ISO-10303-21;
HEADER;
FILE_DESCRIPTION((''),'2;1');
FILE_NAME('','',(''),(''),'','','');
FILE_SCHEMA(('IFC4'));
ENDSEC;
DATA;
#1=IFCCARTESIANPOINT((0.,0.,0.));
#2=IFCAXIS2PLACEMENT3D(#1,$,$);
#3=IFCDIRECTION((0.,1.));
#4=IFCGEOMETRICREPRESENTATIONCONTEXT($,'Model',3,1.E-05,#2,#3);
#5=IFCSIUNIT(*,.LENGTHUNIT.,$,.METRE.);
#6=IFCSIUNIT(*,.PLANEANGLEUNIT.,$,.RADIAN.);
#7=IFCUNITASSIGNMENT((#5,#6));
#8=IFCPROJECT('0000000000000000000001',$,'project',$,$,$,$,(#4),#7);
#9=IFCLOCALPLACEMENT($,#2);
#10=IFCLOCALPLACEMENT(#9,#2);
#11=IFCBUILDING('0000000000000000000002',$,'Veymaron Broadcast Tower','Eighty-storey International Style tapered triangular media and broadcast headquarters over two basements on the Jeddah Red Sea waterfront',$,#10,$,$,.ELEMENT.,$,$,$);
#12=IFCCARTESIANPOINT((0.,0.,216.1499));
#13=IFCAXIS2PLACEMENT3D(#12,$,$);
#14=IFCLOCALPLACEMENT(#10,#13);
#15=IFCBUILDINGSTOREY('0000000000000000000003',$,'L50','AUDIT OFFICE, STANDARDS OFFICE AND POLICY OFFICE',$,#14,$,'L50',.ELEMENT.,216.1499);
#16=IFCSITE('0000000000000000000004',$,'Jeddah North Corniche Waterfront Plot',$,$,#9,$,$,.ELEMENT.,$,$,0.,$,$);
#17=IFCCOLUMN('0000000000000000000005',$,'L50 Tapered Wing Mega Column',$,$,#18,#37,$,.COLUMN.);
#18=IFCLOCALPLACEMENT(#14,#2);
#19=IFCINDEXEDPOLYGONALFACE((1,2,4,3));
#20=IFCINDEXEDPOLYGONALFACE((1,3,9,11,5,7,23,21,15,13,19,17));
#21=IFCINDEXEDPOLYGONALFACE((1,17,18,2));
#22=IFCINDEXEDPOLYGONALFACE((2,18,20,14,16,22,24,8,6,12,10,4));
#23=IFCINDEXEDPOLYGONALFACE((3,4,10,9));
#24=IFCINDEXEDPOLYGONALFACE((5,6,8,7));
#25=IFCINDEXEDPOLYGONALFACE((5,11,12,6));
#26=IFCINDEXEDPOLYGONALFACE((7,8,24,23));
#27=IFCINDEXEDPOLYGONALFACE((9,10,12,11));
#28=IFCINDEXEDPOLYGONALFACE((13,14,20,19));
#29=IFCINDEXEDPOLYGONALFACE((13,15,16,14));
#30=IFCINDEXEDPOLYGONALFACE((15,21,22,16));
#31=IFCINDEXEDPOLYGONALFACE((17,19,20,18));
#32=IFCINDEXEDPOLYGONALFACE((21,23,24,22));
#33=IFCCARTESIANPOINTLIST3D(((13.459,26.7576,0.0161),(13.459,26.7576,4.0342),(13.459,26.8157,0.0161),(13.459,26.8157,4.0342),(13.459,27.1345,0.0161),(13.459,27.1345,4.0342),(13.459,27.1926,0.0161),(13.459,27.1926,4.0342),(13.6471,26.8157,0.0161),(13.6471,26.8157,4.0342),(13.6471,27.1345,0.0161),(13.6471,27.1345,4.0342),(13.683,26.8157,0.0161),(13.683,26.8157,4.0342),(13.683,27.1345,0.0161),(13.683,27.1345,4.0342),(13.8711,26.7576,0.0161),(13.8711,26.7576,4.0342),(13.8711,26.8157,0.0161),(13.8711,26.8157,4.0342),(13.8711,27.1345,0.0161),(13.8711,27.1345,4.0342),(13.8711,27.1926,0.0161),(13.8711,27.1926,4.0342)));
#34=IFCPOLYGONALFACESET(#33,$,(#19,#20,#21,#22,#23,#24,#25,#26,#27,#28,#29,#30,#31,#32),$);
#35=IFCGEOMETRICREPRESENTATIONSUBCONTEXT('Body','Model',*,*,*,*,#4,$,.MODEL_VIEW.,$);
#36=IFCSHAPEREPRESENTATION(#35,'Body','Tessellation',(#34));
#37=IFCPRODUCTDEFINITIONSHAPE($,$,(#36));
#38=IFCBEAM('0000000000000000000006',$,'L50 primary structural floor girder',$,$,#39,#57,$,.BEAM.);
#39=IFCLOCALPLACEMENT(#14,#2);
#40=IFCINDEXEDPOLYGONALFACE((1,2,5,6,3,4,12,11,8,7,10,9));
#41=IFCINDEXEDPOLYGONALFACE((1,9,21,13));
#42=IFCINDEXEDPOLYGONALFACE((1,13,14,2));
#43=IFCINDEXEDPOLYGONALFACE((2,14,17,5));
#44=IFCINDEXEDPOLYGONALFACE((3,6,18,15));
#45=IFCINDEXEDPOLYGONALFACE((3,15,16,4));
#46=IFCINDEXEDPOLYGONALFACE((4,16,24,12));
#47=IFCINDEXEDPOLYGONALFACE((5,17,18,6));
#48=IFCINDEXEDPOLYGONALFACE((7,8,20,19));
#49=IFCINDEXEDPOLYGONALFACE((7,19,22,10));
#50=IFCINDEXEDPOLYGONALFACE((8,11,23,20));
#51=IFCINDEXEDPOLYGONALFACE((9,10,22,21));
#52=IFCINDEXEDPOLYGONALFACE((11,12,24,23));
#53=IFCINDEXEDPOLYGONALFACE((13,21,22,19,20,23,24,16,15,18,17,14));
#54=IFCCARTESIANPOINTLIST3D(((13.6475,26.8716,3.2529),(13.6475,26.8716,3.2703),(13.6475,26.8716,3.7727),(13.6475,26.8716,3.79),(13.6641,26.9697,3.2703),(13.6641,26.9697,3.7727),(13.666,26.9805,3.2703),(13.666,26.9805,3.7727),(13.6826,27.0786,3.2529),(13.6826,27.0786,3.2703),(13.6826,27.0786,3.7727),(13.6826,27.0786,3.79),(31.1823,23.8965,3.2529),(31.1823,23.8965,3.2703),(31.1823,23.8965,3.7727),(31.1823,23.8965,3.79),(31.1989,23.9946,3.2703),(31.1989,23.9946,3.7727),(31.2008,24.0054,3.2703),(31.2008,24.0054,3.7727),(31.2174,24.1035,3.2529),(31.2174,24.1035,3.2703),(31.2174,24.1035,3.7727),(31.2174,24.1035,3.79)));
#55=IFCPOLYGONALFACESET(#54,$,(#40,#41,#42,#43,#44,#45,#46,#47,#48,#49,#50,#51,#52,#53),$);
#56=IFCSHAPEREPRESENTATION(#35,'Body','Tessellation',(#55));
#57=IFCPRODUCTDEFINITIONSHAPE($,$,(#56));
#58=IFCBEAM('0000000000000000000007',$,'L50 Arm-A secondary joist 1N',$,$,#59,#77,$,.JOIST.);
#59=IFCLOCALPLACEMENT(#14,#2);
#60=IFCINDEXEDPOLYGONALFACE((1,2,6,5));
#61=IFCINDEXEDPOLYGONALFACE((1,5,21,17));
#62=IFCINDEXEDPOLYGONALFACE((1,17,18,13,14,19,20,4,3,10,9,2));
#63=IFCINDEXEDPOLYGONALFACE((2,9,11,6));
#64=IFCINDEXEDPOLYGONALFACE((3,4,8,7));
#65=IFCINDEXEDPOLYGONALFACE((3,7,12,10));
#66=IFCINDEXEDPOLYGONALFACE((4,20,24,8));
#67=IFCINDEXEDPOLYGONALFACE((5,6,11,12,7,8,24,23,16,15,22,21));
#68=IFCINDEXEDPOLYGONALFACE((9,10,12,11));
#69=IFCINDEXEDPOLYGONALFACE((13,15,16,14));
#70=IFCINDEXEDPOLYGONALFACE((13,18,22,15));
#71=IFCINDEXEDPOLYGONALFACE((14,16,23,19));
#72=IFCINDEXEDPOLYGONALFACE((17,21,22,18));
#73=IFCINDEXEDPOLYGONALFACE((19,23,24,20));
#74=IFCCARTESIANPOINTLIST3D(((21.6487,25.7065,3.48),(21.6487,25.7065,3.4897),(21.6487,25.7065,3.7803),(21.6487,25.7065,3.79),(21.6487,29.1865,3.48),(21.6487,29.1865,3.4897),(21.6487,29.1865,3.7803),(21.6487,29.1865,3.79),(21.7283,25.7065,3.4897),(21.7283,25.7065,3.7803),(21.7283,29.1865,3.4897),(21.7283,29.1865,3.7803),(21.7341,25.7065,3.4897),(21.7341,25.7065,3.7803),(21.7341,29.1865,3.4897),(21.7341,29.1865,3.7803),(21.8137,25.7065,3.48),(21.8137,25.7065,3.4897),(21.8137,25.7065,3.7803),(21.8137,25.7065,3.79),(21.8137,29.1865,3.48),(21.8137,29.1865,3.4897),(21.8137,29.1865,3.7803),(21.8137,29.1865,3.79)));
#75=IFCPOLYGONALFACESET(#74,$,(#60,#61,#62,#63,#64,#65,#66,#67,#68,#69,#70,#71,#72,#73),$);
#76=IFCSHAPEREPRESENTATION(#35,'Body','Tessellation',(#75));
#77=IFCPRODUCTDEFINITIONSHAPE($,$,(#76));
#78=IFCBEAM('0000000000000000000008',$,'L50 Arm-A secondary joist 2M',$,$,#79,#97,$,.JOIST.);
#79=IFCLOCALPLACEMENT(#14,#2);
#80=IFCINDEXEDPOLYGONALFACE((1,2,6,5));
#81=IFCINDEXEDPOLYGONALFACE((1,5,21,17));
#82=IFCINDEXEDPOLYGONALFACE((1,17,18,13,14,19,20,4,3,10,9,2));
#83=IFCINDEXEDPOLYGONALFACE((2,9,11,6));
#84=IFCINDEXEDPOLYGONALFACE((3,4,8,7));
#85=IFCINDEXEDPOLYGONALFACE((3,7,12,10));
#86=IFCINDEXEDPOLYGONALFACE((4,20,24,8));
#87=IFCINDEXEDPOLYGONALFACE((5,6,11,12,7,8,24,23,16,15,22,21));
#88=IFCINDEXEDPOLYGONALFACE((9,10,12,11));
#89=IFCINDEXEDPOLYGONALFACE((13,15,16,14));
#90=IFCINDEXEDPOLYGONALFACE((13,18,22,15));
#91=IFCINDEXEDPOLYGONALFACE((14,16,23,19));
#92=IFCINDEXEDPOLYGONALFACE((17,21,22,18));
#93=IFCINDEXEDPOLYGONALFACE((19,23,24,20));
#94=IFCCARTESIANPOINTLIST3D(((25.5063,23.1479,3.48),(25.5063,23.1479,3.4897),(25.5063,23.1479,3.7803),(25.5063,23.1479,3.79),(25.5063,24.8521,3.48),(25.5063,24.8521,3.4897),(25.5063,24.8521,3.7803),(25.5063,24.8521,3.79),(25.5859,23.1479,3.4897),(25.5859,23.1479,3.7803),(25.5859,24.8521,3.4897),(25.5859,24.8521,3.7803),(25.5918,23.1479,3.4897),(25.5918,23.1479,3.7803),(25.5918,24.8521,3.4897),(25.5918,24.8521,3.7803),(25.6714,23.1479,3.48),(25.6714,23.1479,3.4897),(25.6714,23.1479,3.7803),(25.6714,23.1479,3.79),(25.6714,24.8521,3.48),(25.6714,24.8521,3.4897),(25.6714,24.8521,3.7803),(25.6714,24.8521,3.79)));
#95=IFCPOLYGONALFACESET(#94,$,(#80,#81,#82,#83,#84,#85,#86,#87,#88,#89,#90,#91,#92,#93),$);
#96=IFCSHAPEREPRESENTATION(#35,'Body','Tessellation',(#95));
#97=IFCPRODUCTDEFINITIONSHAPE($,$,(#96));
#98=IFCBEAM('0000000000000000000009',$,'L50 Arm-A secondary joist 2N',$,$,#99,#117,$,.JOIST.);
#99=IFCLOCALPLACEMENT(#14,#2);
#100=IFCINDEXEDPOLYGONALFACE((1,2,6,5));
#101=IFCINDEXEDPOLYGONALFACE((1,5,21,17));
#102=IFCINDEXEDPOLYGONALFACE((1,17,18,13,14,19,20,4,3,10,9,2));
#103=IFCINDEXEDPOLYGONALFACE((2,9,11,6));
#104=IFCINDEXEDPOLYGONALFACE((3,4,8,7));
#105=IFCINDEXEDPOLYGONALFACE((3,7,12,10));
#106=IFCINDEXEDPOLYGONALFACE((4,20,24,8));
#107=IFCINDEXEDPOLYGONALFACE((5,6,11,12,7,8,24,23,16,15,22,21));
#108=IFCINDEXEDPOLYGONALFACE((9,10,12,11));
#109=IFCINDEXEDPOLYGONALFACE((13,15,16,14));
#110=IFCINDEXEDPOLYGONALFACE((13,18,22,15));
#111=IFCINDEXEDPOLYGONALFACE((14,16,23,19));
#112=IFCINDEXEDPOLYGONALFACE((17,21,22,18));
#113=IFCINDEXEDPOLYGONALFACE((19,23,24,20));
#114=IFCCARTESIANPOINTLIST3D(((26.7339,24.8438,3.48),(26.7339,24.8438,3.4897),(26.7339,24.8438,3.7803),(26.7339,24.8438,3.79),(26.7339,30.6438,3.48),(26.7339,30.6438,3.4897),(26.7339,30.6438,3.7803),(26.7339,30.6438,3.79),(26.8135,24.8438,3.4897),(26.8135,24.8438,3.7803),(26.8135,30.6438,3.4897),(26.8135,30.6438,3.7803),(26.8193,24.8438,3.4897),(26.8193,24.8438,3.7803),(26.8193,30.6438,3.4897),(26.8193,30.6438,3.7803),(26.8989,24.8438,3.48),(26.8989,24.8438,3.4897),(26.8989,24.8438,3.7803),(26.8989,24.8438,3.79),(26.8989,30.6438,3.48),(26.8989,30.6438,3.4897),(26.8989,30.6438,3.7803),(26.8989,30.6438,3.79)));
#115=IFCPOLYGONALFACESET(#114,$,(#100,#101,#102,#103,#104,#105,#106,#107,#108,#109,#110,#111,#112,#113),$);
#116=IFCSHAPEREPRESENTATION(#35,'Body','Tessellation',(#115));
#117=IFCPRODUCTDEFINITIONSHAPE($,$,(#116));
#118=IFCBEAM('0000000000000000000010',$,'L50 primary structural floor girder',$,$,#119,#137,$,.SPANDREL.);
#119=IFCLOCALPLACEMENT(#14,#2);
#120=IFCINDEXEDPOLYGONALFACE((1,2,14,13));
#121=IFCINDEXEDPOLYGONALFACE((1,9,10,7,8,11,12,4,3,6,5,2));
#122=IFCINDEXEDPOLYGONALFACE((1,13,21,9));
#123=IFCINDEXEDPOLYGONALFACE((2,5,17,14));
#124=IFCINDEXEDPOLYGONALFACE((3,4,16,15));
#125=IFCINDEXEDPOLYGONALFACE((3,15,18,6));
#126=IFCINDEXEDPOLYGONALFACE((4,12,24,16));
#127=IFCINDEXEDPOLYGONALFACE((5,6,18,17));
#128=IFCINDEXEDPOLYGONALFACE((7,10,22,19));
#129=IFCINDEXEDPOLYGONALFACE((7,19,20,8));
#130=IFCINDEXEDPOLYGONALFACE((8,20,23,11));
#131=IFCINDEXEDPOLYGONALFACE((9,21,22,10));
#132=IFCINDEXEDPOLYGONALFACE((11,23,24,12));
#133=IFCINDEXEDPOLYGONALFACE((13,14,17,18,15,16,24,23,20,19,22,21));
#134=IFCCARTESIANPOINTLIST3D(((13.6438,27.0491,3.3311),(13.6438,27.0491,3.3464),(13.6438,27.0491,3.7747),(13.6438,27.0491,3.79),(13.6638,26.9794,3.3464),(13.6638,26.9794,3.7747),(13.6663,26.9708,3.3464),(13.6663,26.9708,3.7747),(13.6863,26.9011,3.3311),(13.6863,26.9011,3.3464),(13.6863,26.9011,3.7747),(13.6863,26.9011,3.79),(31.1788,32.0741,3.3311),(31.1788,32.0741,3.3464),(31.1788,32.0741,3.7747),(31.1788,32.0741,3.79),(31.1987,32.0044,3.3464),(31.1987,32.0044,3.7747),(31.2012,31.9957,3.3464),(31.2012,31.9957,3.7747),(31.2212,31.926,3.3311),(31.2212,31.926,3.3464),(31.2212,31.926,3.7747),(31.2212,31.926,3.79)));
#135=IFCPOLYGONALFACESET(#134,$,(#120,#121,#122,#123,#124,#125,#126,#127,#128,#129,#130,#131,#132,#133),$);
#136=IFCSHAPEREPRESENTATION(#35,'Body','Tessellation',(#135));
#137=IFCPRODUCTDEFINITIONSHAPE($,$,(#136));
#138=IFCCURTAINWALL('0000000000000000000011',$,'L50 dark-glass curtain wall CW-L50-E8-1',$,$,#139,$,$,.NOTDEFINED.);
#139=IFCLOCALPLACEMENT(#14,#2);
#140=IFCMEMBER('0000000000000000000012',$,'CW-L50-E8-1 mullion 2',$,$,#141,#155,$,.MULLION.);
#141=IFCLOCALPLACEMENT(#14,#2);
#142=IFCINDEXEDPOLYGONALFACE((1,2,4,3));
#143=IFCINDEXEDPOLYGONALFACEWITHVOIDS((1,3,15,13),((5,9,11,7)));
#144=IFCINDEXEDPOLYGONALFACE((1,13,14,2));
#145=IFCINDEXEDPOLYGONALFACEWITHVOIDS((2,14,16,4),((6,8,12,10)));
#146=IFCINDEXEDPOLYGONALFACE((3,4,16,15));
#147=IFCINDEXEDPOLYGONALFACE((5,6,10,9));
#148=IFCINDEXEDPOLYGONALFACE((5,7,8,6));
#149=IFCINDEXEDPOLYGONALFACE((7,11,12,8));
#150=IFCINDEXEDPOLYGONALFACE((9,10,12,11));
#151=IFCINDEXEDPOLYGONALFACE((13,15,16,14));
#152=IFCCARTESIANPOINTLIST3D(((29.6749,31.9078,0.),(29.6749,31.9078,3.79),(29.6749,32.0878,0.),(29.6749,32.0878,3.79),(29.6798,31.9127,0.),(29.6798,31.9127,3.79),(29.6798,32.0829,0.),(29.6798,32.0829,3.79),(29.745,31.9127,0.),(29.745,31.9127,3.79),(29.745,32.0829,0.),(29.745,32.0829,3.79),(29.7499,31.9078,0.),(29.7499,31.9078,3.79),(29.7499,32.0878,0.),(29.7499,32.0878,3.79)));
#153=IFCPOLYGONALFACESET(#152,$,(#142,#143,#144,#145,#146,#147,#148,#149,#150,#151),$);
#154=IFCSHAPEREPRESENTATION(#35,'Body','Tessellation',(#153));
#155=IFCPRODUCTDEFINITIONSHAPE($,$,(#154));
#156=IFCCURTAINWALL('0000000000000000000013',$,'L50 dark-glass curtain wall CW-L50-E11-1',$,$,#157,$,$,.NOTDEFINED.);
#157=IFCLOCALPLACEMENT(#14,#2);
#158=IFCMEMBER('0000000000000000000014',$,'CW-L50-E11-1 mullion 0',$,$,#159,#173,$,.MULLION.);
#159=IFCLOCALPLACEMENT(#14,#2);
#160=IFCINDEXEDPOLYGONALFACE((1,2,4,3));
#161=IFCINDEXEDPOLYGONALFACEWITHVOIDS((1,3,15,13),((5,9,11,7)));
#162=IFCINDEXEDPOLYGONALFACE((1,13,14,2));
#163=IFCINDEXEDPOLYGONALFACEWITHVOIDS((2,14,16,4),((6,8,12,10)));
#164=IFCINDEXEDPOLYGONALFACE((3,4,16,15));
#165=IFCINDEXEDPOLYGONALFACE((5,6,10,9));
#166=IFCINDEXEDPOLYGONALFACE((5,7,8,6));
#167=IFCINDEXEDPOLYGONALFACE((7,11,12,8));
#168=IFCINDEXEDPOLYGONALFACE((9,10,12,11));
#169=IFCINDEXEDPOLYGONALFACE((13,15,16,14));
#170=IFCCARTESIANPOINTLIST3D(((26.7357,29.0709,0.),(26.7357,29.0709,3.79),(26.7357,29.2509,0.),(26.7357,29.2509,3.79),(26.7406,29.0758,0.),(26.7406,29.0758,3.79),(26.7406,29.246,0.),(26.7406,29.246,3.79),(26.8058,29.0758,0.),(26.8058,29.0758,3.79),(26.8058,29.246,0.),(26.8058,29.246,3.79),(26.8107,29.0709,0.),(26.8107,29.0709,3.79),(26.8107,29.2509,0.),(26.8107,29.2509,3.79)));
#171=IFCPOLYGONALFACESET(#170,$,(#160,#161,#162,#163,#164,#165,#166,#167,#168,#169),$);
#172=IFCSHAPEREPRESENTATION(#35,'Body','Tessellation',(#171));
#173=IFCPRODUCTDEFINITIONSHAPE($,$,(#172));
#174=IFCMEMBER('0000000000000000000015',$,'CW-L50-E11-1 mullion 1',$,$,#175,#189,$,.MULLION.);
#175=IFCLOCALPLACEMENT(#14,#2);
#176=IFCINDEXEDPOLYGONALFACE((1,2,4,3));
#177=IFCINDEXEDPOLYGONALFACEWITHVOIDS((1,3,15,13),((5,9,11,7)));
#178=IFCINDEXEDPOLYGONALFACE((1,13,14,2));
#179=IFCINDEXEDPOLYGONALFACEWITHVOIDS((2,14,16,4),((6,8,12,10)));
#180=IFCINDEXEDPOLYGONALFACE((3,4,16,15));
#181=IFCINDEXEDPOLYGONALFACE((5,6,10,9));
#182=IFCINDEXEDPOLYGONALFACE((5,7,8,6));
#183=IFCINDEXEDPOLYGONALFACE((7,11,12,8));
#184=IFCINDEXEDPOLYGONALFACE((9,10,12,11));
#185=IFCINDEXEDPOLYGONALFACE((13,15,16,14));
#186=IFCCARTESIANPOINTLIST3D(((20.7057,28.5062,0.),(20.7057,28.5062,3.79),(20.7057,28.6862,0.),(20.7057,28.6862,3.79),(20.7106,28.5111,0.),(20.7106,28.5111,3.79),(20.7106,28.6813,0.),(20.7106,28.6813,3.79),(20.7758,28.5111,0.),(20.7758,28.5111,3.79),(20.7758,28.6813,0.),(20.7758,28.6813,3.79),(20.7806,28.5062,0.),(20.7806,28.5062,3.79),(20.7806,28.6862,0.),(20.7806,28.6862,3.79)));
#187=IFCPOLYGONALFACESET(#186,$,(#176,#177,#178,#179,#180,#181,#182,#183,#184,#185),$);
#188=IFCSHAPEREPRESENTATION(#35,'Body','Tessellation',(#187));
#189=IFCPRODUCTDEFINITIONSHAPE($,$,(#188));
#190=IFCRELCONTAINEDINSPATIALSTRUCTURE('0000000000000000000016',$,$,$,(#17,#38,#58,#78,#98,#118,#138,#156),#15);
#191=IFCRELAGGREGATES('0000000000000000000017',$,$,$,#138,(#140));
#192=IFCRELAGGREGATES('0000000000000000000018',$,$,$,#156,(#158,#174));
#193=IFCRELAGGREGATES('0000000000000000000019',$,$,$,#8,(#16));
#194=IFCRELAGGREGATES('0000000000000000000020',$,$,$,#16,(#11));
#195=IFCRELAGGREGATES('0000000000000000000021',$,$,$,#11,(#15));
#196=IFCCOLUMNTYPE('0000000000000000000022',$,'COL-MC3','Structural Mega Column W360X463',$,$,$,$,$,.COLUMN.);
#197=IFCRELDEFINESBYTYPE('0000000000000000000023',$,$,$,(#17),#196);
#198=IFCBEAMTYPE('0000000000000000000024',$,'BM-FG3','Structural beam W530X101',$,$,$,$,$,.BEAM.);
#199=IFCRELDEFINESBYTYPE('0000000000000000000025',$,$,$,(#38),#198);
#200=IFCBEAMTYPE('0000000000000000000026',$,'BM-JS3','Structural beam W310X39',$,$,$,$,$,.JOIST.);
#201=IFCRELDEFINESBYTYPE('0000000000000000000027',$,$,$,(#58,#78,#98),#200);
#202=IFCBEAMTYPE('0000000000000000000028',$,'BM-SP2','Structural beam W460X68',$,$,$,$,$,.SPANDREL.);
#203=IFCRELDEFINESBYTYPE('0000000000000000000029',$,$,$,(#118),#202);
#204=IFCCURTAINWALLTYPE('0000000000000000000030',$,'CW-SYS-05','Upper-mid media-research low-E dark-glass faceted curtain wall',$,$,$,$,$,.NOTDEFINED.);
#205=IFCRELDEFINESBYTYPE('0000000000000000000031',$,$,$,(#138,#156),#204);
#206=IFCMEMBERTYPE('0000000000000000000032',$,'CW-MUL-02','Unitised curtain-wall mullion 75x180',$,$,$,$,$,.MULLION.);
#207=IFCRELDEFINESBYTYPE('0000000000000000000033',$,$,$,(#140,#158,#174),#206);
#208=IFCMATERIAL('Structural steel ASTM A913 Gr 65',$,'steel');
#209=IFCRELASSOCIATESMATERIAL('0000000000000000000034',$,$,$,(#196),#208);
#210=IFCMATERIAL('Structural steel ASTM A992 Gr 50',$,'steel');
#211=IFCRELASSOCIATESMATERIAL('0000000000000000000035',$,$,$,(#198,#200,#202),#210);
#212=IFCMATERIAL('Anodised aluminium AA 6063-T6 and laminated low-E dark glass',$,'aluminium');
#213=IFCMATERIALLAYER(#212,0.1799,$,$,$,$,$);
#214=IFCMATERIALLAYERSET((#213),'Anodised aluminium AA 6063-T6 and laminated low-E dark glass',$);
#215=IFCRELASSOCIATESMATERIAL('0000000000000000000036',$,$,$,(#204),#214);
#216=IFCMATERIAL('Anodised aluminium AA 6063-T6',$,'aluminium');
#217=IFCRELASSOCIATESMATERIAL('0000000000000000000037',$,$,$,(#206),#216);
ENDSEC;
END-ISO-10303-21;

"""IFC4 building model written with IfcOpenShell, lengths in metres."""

from ifc_helpers import new_model, si_unit, direction, frame, origin, origin_2d, place, context, subcontext, project, spatial, hollow_rectangle, i_section, extrude, material, layer, layer_set, material_profile, profile_set, type_object, element, aggregate, save


model = new_model("IFC4")

# Units and contexts
model_context = context("Model", 3, precision=1e-05, world=origin(), true_north=direction((0.0, 1.0)))
body_context = subcontext(model_context, "Body", "Model", "MODEL_VIEW")
ifc_project = project(units=[si_unit("LENGTHUNIT", "METRE"), si_unit("PLANEANGLEUNIT", "RADIAN")], contexts=[model_context])

# Site, building, storey
site_placement = place(None, origin())
site = spatial("IfcSite", under=ifc_project, at=site_placement, Name="Jeddah North Corniche Waterfront Plot", CompositionType="ELEMENT", RefElevation=0.0)
building_placement = place(site_placement, origin())
building = spatial("IfcBuilding", under=site, at=building_placement, Name="Veymaron Broadcast Tower", Description="Eighty-storey International Style tapered triangular media and broadcast headquarters over two basements on the Jeddah Red Sea waterfront", CompositionType="ELEMENT")
storey_placement = place(building_placement, frame((0.0, 0.0, 216.1499)))
storey = spatial("IfcBuildingStorey", under=building, at=storey_placement, Name="L50", Description="AUDIT OFFICE, STANDARDS OFFICE AND POLICY OFFICE", LongName="L50", CompositionType="ELEMENT", Elevation=216.1499)

# Column
ifc_material_1 = material(Name="Structural steel ASTM A913 Gr 65", Category="steel")
ifc_material_profile_1 = material_profile(ifc_material_1, i_section(OverallWidth=0.4121, OverallDepth=0.4351, WebThickness=0.0359, FlangeThickness=0.0581, at=origin_2d()), Name="W360X463")
ifc_profile_set_1 = profile_set([ifc_material_profile_1], Name="Structural steel ASTM A913 Gr 65")
column_type = type_object("IfcColumnType", Name="COL-MC3", Description="Structural Mega Column W360X463", PredefinedType="COLUMN", material=ifc_profile_set_1)
column_placement = place(storey_placement, frame((13.665, 26.9751, 0.0161), z_axis=(0.0, 0.0, 1.0), x_axis=(1.0, 0.0, 0.0)))
element("IfcColumn", 1, at=column_placement, inside=storey, type_object=column_type, Name="L50 Tapered Wing Mega Column", PredefinedType="COLUMN", context=body_context, shape_type="SweptSolid", body=[
    extrude(i_section(OverallWidth=0.4121, OverallDepth=0.4351, WebThickness=0.0359, FlangeThickness=0.0581, at=origin_2d()), origin(), (0.0, 0.0, 1.0), 4.0181),
])

# Beams
ifc_material_2 = material(Name="Structural steel ASTM A992 Gr 50", Category="steel")
ifc_material_profile_2 = material_profile(ifc_material_2, i_section(OverallWidth=0.21, OverallDepth=0.5371, WebThickness=0.011, FlangeThickness=0.0173, at=origin_2d()), Name="W530X101")
ifc_profile_set_2 = profile_set([ifc_material_profile_2], Name="Structural steel ASTM A992 Gr 50")
beam_type_1 = type_object("IfcBeamType", Name="BM-FG3", Description="Structural beam W530X101", PredefinedType="BEAM", material=ifc_profile_set_2)
beam_1_placement = place(storey_placement, frame((13.665, 26.9751, 3.5215), z_axis=(0.98591, -0.167276, 0.0), x_axis=(0.167276, 0.98591, 0.0)))
element("IfcBeam", 2, at=beam_1_placement, inside=storey, type_object=beam_type_1, Name="L50 primary structural floor girder", PredefinedType="BEAM", context=body_context, shape_type="SweptSolid", body=[
    extrude(i_section(OverallWidth=0.21, OverallDepth=0.5371, WebThickness=0.011, FlangeThickness=0.0173, at=origin_2d()), origin(), (0.0, 0.0, 1.0), 17.7854),
])
ifc_material_profile_3 = material_profile(ifc_material_2, i_section(OverallWidth=0.165, OverallDepth=0.3101, WebThickness=0.0059, FlangeThickness=0.0098, at=origin_2d()), Name="W310X39")
ifc_profile_set_3 = profile_set([ifc_material_profile_3], Name="Structural steel ASTM A992 Gr 50")
beam_type_2 = type_object("IfcBeamType", Name="BM-JS3", Description="Structural beam W310X39", PredefinedType="JOIST", material=ifc_profile_set_3)
beam_2_placement = place(storey_placement, frame((21.7312, 25.7065, 3.635), z_axis=(0.0, 1.0, 0.0), x_axis=(-1.0, 0.0, 0.0)))
element("IfcBeam", 3, at=beam_2_placement, inside=storey, type_object=beam_type_2, Name="L50 Arm-A secondary joist 1N", PredefinedType="JOIST", context=body_context, shape_type="SweptSolid", body=[
    extrude(i_section(OverallWidth=0.165, OverallDepth=0.3101, WebThickness=0.0059, FlangeThickness=0.0098, at=origin_2d()), origin(), (0.0, 0.0, 1.0), 3.48),
])
beam_3_placement = place(storey_placement, frame((25.5889, 23.1479, 3.635), z_axis=(0.0, 1.0, 0.0), x_axis=(-1.0, 0.0, 0.0)))
element("IfcBeam", 4, at=beam_3_placement, inside=storey, type_object=beam_type_2, Name="L50 Arm-A secondary joist 2M", PredefinedType="JOIST", context=body_context, shape_type="SweptSolid", body=[
    extrude(i_section(OverallWidth=0.165, OverallDepth=0.3101, WebThickness=0.0059, FlangeThickness=0.0098, at=origin_2d()), origin(), (0.0, 0.0, 1.0), 1.7041),
])
beam_4_placement = place(storey_placement, frame((26.8164, 24.8438, 3.635), z_axis=(0.0, 1.0, 0.0), x_axis=(-1.0, 0.0, 0.0)))
element("IfcBeam", 5, at=beam_4_placement, inside=storey, type_object=beam_type_2, Name="L50 Arm-A secondary joist 2N", PredefinedType="JOIST", context=body_context, shape_type="SweptSolid", body=[
    extrude(i_section(OverallWidth=0.165, OverallDepth=0.3101, WebThickness=0.0059, FlangeThickness=0.0098, at=origin_2d()), origin(), (0.0, 0.0, 1.0), 5.8),
])
ifc_material_profile_4 = material_profile(ifc_material_2, i_section(OverallWidth=0.1541, OverallDepth=0.459, WebThickness=0.009, FlangeThickness=0.0154, at=origin_2d()), Name="W460X68")
ifc_profile_set_4 = profile_set([ifc_material_profile_4], Name="Structural steel ASTM A992 Gr 50")
beam_type_3 = type_object("IfcBeamType", Name="BM-SP2", Description="Structural beam W460X68", PredefinedType="SPANDREL", material=ifc_profile_set_4)
beam_5_placement = place(storey_placement, frame((13.665, 26.9751, 3.5605), z_axis=(0.961307, 0.275478, 0.0), x_axis=(-0.275478, 0.961307, 0.0)))
element("IfcBeam", 6, at=beam_5_placement, inside=storey, type_object=beam_type_3, Name="L50 primary structural floor girder", PredefinedType="SPANDREL", context=body_context, shape_type="SweptSolid", body=[
    extrude(i_section(OverallWidth=0.1541, OverallDepth=0.459, WebThickness=0.009, FlangeThickness=0.0154, at=origin_2d()), origin(), (0.0, 0.0, 1.0), 18.2407),
])

# Curtain wall, member
ifc_material_3 = material(Name="Anodised aluminium AA 6063-T6 and laminated low-E dark glass", Category="aluminium")
ifc_layer_1 = layer(ifc_material_3, 0.1799)
ifc_layer_set_1 = layer_set([ifc_layer_1], Name="Anodised aluminium AA 6063-T6 and laminated low-E dark glass")
curtain_wall_type = type_object("IfcCurtainWallType", Name="CW-SYS-05", Description="Upper-mid media-research low-E dark-glass faceted curtain wall", PredefinedType="NOTDEFINED", material=ifc_layer_set_1)
curtain_wall_1_placement = place(storey_placement, origin())
curtain_wall_1 = element("IfcCurtainWall", 7, at=curtain_wall_1_placement, inside=storey, type_object=curtain_wall_type, Name="L50 dark-glass curtain wall CW-L50-E8-1", PredefinedType="NOTDEFINED")
ifc_material_4 = material(Name="Anodised aluminium AA 6063-T6", Category="aluminium")
ifc_material_profile_5 = material_profile(ifc_material_4, hollow_rectangle(XDim=0.075, YDim=0.1799, WallThickness=0.0049, at=origin_2d()), Name="AL180X75X5")
ifc_profile_set_5 = profile_set([ifc_material_profile_5], Name="Anodised aluminium AA 6063-T6")
member_type_1 = type_object("IfcMemberType", Name="CW-MUL-02", Description="Unitised curtain-wall mullion 75x180", PredefinedType="MULLION", material=ifc_profile_set_5)
member_1_placement = place(storey_placement, frame((29.7124, 31.9978, 0.0), z_axis=(0.0, 0.0, 1.0), x_axis=(1.0, 0.0, 0.0)))
member_1 = element("IfcMember", 8, at=member_1_placement, type_object=member_type_1, Name="CW-L50-E8-1 mullion 2", PredefinedType="MULLION", context=body_context, shape_type="SweptSolid", body=[
    extrude(hollow_rectangle(XDim=0.075, YDim=0.1799, WallThickness=0.0049, at=origin_2d()), origin(), (0.0, 0.0, 1.0), 3.79),
])
aggregate(curtain_wall_1, [member_1])

# Curtain wall, members
curtain_wall_2_placement = place(storey_placement, origin())
curtain_wall_2 = element("IfcCurtainWall", 9, at=curtain_wall_2_placement, inside=storey, type_object=curtain_wall_type, Name="L50 dark-glass curtain wall CW-L50-E11-1", PredefinedType="NOTDEFINED")
member_2_placement = place(storey_placement, frame((26.7732, 29.1609, 0.0), z_axis=(0.0, 0.0, 1.0), x_axis=(1.0, 0.0, 0.0)))
member_2 = element("IfcMember", 10, at=member_2_placement, type_object=member_type_1, Name="CW-L50-E11-1 mullion 0", PredefinedType="MULLION", context=body_context, shape_type="SweptSolid", body=[
    extrude(hollow_rectangle(XDim=0.075, YDim=0.1799, WallThickness=0.0049, at=origin_2d()), origin(), (0.0, 0.0, 1.0), 3.79),
])
member_3_placement = place(storey_placement, frame((20.7432, 28.5962, 0.0), z_axis=(0.0, 0.0, 1.0), x_axis=(1.0, 0.0, 0.0)))
member_3 = element("IfcMember", 11, at=member_3_placement, type_object=member_type_1, Name="CW-L50-E11-1 mullion 1", PredefinedType="MULLION", context=body_context, shape_type="SweptSolid", body=[
    extrude(hollow_rectangle(XDim=0.075, YDim=0.1799, WallThickness=0.0049, at=origin_2d()), origin(), (0.0, 0.0, 1.0), 3.79),
])
aggregate(curtain_wall_2, [member_2, member_3])

save(model, "model.ifc")
